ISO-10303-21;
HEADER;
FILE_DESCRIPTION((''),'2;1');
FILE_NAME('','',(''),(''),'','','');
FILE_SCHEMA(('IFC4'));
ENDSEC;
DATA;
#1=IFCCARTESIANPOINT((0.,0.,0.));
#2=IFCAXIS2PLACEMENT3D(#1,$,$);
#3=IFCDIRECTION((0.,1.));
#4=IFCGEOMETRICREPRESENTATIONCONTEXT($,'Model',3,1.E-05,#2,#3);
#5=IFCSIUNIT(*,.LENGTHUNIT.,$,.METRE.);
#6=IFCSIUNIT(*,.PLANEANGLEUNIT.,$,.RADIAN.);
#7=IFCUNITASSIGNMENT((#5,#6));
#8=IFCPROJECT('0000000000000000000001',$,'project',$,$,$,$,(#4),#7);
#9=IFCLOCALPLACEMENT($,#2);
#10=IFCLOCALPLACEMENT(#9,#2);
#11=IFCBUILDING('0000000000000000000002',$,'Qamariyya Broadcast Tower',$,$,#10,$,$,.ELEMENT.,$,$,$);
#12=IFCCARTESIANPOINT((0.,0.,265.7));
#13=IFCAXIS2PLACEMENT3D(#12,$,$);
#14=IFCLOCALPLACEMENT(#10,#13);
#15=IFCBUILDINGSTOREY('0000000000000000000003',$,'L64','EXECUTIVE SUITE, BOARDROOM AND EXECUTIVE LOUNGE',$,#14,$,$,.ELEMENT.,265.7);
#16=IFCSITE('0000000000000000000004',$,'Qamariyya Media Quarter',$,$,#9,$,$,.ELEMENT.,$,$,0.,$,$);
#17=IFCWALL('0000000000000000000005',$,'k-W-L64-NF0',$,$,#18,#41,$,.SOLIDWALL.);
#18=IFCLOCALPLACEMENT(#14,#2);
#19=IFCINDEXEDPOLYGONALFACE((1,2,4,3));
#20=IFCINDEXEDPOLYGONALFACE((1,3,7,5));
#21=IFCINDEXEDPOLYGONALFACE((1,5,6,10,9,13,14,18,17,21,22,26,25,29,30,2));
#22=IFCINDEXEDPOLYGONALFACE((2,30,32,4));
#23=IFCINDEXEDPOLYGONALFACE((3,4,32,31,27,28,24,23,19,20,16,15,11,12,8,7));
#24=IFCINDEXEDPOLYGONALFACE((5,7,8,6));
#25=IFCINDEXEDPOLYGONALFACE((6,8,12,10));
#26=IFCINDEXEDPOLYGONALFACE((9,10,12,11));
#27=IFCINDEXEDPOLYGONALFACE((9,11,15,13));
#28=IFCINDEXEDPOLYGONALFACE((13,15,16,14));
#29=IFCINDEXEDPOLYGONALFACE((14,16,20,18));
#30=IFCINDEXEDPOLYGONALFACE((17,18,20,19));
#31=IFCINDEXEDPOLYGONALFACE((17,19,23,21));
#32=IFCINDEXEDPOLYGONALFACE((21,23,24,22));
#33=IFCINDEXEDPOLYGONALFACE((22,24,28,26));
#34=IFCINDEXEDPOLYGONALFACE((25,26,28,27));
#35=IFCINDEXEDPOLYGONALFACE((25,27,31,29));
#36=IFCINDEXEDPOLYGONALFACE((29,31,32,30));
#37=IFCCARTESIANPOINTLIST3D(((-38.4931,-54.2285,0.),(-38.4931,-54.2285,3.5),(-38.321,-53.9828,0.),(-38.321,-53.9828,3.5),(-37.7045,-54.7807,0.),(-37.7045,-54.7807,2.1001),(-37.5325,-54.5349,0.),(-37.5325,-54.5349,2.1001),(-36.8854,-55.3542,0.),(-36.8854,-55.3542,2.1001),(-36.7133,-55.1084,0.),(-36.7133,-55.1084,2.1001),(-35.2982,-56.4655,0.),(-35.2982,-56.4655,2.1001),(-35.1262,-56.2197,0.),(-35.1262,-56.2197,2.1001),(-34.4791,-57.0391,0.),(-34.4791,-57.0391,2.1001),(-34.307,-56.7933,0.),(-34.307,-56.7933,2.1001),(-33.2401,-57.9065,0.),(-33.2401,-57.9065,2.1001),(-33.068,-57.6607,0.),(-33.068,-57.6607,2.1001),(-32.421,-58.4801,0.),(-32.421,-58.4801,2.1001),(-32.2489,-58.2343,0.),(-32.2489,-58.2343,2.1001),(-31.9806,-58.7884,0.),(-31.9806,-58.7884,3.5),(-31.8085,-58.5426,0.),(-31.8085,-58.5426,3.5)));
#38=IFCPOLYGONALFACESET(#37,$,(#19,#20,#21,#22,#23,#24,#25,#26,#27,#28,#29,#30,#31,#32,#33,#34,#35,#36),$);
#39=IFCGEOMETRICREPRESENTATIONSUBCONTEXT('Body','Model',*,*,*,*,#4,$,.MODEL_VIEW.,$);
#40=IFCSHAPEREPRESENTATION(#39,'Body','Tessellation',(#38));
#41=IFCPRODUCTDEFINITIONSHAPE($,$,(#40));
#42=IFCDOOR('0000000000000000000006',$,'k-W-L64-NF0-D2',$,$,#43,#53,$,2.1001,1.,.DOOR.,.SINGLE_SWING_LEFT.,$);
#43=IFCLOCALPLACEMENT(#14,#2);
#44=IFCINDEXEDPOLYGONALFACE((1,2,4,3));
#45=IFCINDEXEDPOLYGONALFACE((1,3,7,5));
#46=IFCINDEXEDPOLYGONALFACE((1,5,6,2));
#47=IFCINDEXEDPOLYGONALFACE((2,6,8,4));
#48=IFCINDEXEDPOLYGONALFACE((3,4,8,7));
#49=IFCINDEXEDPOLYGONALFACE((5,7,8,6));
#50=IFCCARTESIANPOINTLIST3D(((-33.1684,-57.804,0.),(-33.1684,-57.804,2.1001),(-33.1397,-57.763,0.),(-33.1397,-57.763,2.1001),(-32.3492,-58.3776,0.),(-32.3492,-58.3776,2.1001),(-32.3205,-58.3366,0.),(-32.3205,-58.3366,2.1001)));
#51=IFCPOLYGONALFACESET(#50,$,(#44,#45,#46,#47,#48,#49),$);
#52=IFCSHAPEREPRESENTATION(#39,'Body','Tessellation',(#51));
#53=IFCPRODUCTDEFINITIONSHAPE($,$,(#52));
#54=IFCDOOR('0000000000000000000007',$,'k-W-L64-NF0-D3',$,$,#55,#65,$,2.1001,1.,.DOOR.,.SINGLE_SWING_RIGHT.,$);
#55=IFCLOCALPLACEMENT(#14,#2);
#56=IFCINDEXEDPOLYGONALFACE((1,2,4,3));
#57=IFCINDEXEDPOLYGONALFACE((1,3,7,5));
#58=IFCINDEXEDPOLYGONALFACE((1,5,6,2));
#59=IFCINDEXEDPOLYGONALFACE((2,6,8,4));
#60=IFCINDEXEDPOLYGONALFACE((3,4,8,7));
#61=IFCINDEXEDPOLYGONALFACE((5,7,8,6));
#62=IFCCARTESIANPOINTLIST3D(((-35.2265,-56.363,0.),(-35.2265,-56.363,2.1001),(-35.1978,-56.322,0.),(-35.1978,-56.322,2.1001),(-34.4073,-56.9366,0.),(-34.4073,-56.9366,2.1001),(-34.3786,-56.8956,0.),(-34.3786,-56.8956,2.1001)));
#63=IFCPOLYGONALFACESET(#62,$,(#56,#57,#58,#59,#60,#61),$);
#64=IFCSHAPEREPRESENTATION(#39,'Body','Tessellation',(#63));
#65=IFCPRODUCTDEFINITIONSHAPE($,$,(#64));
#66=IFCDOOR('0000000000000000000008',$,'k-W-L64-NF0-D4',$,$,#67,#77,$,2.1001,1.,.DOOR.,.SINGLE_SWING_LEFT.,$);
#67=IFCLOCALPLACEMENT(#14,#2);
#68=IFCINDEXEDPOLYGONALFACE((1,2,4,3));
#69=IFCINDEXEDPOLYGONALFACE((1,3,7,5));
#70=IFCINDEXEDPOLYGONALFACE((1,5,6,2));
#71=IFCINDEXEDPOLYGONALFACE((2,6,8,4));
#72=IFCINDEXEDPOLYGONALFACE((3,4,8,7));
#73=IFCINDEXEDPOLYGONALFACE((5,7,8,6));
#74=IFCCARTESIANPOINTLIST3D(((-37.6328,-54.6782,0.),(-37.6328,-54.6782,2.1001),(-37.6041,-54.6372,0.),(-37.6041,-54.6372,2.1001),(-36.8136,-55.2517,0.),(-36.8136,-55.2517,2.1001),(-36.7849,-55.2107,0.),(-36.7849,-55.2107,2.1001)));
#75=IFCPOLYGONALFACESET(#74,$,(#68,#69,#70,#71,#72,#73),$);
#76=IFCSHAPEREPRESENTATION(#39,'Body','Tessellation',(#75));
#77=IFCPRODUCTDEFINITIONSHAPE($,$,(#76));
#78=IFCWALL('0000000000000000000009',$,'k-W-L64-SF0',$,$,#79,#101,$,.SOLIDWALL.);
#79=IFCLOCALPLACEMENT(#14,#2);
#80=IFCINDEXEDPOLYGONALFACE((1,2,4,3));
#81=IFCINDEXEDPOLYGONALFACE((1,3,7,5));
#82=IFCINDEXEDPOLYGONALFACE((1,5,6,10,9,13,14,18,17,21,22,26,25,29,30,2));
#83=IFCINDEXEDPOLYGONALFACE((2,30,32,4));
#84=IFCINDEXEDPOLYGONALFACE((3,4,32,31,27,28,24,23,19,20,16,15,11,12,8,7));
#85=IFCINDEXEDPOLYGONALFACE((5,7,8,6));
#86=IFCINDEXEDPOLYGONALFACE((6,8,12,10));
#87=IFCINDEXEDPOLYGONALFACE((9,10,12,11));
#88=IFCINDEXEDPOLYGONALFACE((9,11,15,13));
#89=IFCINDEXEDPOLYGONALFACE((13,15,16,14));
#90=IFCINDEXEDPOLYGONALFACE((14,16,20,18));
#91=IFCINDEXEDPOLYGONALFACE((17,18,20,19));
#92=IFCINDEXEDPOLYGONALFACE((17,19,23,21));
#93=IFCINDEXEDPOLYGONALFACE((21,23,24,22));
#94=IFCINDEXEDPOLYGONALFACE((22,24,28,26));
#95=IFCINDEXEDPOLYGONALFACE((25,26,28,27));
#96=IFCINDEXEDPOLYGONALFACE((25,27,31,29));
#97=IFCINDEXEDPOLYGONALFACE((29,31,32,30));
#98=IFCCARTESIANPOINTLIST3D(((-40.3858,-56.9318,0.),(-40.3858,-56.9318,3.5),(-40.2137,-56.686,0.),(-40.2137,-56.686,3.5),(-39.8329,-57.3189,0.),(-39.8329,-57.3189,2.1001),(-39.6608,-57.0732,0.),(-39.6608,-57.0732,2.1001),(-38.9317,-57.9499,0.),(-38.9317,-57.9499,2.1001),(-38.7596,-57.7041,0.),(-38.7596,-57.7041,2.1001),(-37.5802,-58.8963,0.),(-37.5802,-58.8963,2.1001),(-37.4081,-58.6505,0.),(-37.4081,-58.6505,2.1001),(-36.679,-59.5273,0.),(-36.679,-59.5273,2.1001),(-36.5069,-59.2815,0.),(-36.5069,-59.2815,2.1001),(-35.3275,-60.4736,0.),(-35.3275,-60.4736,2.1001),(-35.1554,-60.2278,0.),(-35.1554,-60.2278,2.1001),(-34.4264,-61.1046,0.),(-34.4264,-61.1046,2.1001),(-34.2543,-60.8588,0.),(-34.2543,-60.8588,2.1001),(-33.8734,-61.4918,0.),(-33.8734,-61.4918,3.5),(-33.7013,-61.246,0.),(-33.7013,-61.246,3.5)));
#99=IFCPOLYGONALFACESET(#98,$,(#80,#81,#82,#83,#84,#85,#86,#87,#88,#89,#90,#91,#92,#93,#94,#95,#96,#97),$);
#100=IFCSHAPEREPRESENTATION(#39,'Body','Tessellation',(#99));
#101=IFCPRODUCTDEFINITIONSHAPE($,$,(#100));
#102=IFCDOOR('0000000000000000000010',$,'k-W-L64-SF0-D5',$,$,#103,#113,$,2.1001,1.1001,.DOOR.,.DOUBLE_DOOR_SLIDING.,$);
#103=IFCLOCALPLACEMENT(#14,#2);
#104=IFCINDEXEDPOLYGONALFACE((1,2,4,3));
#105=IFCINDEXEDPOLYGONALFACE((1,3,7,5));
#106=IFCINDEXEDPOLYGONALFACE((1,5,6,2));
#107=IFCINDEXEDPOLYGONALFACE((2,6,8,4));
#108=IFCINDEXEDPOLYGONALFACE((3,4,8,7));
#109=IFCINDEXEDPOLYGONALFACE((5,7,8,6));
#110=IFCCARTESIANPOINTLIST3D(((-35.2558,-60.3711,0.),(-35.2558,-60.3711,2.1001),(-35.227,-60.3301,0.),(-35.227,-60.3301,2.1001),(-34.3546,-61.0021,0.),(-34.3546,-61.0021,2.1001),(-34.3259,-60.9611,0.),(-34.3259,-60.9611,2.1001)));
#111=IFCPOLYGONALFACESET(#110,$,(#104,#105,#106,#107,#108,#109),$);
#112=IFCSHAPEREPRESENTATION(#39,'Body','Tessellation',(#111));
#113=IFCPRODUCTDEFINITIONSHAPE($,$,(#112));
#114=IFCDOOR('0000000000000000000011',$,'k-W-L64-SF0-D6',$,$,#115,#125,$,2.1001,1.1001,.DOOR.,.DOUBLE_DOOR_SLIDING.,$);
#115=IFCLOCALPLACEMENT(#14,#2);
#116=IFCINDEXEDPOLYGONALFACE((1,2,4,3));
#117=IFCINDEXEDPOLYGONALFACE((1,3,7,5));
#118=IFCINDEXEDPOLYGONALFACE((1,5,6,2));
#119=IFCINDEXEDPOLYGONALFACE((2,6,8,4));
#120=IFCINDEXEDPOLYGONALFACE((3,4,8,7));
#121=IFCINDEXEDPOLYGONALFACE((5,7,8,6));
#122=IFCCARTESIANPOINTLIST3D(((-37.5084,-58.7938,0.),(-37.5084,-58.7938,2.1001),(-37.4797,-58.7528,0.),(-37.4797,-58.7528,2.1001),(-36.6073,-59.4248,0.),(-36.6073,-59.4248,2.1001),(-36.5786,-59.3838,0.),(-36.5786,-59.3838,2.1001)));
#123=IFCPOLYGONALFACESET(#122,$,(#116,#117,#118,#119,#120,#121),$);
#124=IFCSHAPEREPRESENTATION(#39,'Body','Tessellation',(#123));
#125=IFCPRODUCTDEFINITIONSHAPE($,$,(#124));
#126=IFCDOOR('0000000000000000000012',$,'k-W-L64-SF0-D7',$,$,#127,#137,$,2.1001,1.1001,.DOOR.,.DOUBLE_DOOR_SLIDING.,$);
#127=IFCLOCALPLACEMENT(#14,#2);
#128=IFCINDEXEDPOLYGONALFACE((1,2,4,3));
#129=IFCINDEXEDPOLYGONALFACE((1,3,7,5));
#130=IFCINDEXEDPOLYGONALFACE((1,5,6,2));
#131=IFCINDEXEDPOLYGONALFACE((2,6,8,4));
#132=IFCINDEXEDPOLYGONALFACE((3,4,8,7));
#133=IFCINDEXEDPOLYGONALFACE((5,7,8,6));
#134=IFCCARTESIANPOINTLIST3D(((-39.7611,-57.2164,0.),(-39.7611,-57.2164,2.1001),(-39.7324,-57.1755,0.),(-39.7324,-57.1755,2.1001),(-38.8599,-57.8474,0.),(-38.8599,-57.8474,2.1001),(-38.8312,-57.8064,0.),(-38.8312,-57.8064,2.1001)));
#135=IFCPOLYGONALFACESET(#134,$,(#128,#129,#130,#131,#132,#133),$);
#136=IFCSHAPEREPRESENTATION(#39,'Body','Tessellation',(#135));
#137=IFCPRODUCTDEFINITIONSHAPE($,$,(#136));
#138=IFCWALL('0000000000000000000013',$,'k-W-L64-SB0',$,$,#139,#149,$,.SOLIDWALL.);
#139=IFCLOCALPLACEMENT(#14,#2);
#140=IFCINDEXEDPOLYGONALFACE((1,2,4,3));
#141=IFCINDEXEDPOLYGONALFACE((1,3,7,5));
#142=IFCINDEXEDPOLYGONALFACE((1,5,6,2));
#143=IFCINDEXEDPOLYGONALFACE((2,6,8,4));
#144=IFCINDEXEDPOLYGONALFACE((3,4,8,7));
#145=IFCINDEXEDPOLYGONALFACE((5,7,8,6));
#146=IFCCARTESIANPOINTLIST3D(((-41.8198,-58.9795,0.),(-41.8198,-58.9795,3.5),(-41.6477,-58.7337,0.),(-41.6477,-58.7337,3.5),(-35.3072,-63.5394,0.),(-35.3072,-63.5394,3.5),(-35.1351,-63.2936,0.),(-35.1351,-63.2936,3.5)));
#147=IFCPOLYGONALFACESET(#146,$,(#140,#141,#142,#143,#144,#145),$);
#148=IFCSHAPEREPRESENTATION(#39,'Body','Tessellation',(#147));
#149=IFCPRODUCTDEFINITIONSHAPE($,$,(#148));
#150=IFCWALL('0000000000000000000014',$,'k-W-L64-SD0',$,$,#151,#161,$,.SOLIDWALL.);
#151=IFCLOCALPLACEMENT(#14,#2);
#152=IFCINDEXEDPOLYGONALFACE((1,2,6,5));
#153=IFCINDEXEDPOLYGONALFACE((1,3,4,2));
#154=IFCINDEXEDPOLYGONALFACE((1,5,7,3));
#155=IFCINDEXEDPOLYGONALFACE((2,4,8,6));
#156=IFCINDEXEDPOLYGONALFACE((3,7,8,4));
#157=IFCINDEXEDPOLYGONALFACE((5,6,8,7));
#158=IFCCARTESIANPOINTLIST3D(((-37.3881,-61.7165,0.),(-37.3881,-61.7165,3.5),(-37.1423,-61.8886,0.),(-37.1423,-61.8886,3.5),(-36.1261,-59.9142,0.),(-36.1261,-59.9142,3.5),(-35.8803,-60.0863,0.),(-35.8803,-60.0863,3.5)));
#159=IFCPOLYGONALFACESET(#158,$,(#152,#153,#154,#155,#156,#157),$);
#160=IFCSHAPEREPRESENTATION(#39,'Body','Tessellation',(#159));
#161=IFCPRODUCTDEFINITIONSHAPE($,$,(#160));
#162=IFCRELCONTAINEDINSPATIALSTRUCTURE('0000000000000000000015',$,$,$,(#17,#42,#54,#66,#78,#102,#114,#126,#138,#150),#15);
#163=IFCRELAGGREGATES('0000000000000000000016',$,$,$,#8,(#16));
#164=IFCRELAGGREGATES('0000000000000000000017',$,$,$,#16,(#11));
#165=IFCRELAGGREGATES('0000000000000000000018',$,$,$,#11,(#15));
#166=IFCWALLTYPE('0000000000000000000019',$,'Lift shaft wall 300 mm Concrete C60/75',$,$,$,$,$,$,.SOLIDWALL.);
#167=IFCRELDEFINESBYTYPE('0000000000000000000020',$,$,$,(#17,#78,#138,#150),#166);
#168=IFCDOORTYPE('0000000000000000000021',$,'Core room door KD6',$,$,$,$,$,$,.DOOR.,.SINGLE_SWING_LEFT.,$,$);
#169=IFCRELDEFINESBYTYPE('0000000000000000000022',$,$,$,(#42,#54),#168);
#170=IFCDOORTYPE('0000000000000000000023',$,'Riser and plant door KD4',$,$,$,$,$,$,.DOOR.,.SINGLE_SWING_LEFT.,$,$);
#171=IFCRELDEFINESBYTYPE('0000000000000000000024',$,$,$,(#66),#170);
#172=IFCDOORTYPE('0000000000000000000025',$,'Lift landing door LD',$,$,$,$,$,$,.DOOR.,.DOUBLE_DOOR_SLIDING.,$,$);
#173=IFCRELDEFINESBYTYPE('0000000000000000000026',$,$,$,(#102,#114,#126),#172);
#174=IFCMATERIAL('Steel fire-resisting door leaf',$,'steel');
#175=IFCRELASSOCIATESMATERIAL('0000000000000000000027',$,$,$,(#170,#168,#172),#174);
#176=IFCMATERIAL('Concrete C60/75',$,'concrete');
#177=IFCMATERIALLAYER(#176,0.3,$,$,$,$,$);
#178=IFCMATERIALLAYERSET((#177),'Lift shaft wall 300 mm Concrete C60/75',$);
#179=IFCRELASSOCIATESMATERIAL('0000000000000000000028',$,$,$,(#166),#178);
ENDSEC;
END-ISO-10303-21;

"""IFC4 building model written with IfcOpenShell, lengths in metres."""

from ifc_helpers import new_model, si_unit, direction, frame, frame_2d, origin, place, context, subcontext, project, spatial, rectangle, extrude, material, layer, layer_set, type_object, element, fill, save


model = new_model("IFC4")

# Units and contexts
model_context = context("Model", 3, precision=1e-05, world=origin(), true_north=direction((0.0, 1.0)))
body_context = subcontext(model_context, "Body", "Model", "MODEL_VIEW")
ifc_project = project(units=[si_unit("LENGTHUNIT", "METRE"), si_unit("PLANEANGLEUNIT", "RADIAN")], contexts=[model_context])

# Site, building, storey
site_placement = place(None, origin())
site = spatial("IfcSite", under=ifc_project, at=site_placement, Name="Qamariyya Media Quarter", CompositionType="ELEMENT", RefElevation=0.0)
building_placement = place(site_placement, origin())
building = spatial("IfcBuilding", under=site, at=building_placement, Name="Qamariyya Broadcast Tower", CompositionType="ELEMENT")
storey_placement = place(building_placement, frame((0.0, 0.0, 265.7)))
storey = spatial("IfcBuildingStorey", under=building, at=storey_placement, Name="L64", Description="EXECUTIVE SUITE, BOARDROOM AND EXECUTIVE LOUNGE", CompositionType="ELEMENT", Elevation=265.7)

# Shared definitions
ifc_material_1 = material(Name="Concrete C60/75", Category="concrete")
ifc_material_2 = material(Name="Steel fire-resisting door leaf", Category="steel")

# Walls, openings, doors
door_type_1 = type_object("IfcDoorType", Name="Riser and plant door KD4", OperationType="SINGLE_SWING_LEFT", PredefinedType="DOOR", material=ifc_material_2)
ifc_layer_1 = layer(ifc_material_1, 0.3)
ifc_layer_set_1 = layer_set([ifc_layer_1], Name="Lift shaft wall 300 mm Concrete C60/75")
wall_type_1 = type_object("IfcWallType", Name="Lift shaft wall 300 mm Concrete C60/75", PredefinedType="SOLIDWALL", material=ifc_layer_set_1)
wall_1_placement = place(storey_placement, frame((-31.8945, -58.6655, 0.0), z_axis=(0.0, 0.0, 1.0), x_axis=(-0.819167, 0.573555, 0.0)))
wall_1 = element("IfcWall", 1, at=wall_1_placement, inside=storey, type_object=wall_type_1, Name="k-W-L64-NF0", PredefinedType="SOLIDWALL", context=body_context, shape_type="SweptSolid", body=[
    extrude(rectangle(XDim=7.9502, YDim=0.3, at=frame_2d((3.9751, 0.0))), origin(), (0.0, 0.0, 1.0), 3.5),
])
opening_1_placement = place(wall_1_placement, frame((0.5376, 0.0, 0.0)))
opening_1 = element("IfcOpeningElement", 2, at=opening_1_placement, cuts=wall_1, PredefinedType="OPENING", context=body_context, shape_type="SweptSolid", body=[
    extrude(rectangle(XDim=1.0, YDim=2.1001, at=frame_2d((0.5, 1.05))), frame((0.0, 0.1599, 0.0), z_axis=(0.0, -1.0, 0.0), x_axis=(1.0, 0.0, 0.0)), (0.0, 0.0, 1.0), 0.3201),
])
opening_2_placement = place(wall_1_placement, frame((3.05, 0.0, 0.0)))
opening_2 = element("IfcOpeningElement", 3, at=opening_2_placement, cuts=wall_1, PredefinedType="OPENING", context=body_context, shape_type="SweptSolid", body=[
    extrude(rectangle(XDim=1.0, YDim=2.1001, at=frame_2d((0.5, 1.05))), frame((0.0, 0.1599, 0.0), z_axis=(0.0, -1.0, 0.0), x_axis=(1.0, 0.0, 0.0)), (0.0, 0.0, 1.0), 0.3201),
])
opening_3_placement = place(wall_1_placement, frame((5.9875, 0.0, 0.0)))
opening_3 = element("IfcOpeningElement", 4, at=opening_3_placement, cuts=wall_1, PredefinedType="OPENING", context=body_context, shape_type="SweptSolid", body=[
    extrude(rectangle(XDim=1.0, YDim=2.1001, at=frame_2d((0.5, 1.05))), frame((0.0, 0.1599, 0.0), z_axis=(0.0, -1.0, 0.0), x_axis=(1.0, 0.0, 0.0)), (0.0, 0.0, 1.0), 0.3201),
])
door_type_2 = type_object("IfcDoorType", Name="Core room door KD6", OperationType="SINGLE_SWING_LEFT", PredefinedType="DOOR", material=ifc_material_2)
door_1_placement = place(opening_1_placement, origin())
door_1 = element("IfcDoor", 5, at=door_1_placement, inside=storey, type_object=door_type_2, Name="k-W-L64-NF0-D2", OperationType="SINGLE_SWING_LEFT", OverallHeight=2.1001, OverallWidth=1.0, PredefinedType="DOOR", context=body_context, shape_type="SweptSolid", body=[
    extrude(rectangle(XDim=1.0, YDim=2.1001, at=frame_2d((0.5, 1.05))), frame((0.0, 0.0249, 0.0), z_axis=(0.0, -1.0, 0.0), x_axis=(1.0, 0.0, 0.0)), (0.0, 0.0, 1.0), 0.05),
])
fill(opening_1, door_1)
door_2_placement = place(opening_2_placement, origin())
door_2 = element("IfcDoor", 6, at=door_2_placement, inside=storey, type_object=door_type_2, Name="k-W-L64-NF0-D3", OperationType="SINGLE_SWING_RIGHT", OverallHeight=2.1001, OverallWidth=1.0, PredefinedType="DOOR", context=body_context, shape_type="SweptSolid", body=[
    extrude(rectangle(XDim=1.0, YDim=2.1001, at=frame_2d((0.5, 1.05))), frame((0.0, 0.0249, 0.0), z_axis=(0.0, -1.0, 0.0), x_axis=(1.0, 0.0, 0.0)), (0.0, 0.0, 1.0), 0.05),
])
fill(opening_2, door_2)
door_3_placement = place(opening_3_placement, origin())
door_3 = element("IfcDoor", 7, at=door_3_placement, inside=storey, type_object=door_type_1, Name="k-W-L64-NF0-D4", OperationType="SINGLE_SWING_LEFT", OverallHeight=2.1001, OverallWidth=1.0, PredefinedType="DOOR", context=body_context, shape_type="SweptSolid", body=[
    extrude(rectangle(XDim=1.0, YDim=2.1001, at=frame_2d((0.5, 1.05))), frame((0.0, 0.0249, 0.0), z_axis=(0.0, -1.0, 0.0), x_axis=(1.0, 0.0, 0.0)), (0.0, 0.0, 1.0), 0.05),
])
fill(opening_3, door_3)
wall_2_placement = place(storey_placement, frame((-33.7874, -61.3689, 0.0), z_axis=(0.0, 0.0, 1.0), x_axis=(-0.819153, 0.573576, 0.0)))
wall_2 = element("IfcWall", 8, at=wall_2_placement, inside=storey, type_object=wall_type_1, Name="k-W-L64-SF0", PredefinedType="SOLIDWALL", context=body_context, shape_type="SweptSolid", body=[
    extrude(rectangle(XDim=7.9502, YDim=0.3, at=frame_2d((3.9751, 0.0))), origin(), (0.0, 0.0, 1.0), 3.5),
])
opening_4_placement = place(wall_2_placement, frame((0.675, 0.0, 0.0)))
opening_4 = element("IfcOpeningElement", 9, at=opening_4_placement, cuts=wall_2, PredefinedType="OPENING", context=body_context, shape_type="SweptSolid", body=[
    extrude(rectangle(XDim=1.1001, YDim=2.1001, at=frame_2d((0.55, 1.05))), frame((0.0, 0.1599, 0.0), z_axis=(0.0, -1.0, 0.0), x_axis=(1.0, 0.0, 0.0)), (0.0, 0.0, 1.0), 0.3201),
])
opening_5_placement = place(wall_2_placement, frame((3.425, 0.0, 0.0)))
opening_5 = element("IfcOpeningElement", 10, at=opening_5_placement, cuts=wall_2, PredefinedType="OPENING", context=body_context, shape_type="SweptSolid", body=[
    extrude(rectangle(XDim=1.1001, YDim=2.1001, at=frame_2d((0.55, 1.05))), frame((0.0, 0.1599, 0.0), z_axis=(0.0, -1.0, 0.0), x_axis=(1.0, 0.0, 0.0)), (0.0, 0.0, 1.0), 0.3201),
])
opening_6_placement = place(wall_2_placement, frame((6.175, 0.0, 0.0)))
opening_6 = element("IfcOpeningElement", 11, at=opening_6_placement, cuts=wall_2, PredefinedType="OPENING", context=body_context, shape_type="SweptSolid", body=[
    extrude(rectangle(XDim=1.1001, YDim=2.1001, at=frame_2d((0.55, 1.05))), frame((0.0, 0.1599, 0.0), z_axis=(0.0, -1.0, 0.0), x_axis=(1.0, 0.0, 0.0)), (0.0, 0.0, 1.0), 0.3201),
])
door_type_3 = type_object("IfcDoorType", Name="Lift landing door LD", OperationType="DOUBLE_DOOR_SLIDING", PredefinedType="DOOR", material=ifc_material_2)
door_4_placement = place(opening_4_placement, origin())
door_4 = element("IfcDoor", 12, at=door_4_placement, inside=storey, type_object=door_type_3, Name="k-W-L64-SF0-D5", OperationType="DOUBLE_DOOR_SLIDING", OverallHeight=2.1001, OverallWidth=1.1001, PredefinedType="DOOR", context=body_context, shape_type="SweptSolid", body=[
    extrude(rectangle(XDim=1.1001, YDim=2.1001, at=frame_2d((0.55, 1.05))), frame((0.0, 0.0249, 0.0), z_axis=(0.0, -1.0, 0.0), x_axis=(1.0, 0.0, 0.0)), (0.0, 0.0, 1.0), 0.05),
])
fill(opening_4, door_4)
door_5_placement = place(opening_5_placement, origin())
door_5 = element("IfcDoor", 13, at=door_5_placement, inside=storey, type_object=door_type_3, Name="k-W-L64-SF0-D6", OperationType="DOUBLE_DOOR_SLIDING", OverallHeight=2.1001, OverallWidth=1.1001, PredefinedType="DOOR", context=body_context, shape_type="SweptSolid", body=[
    extrude(rectangle(XDim=1.1001, YDim=2.1001, at=frame_2d((0.55, 1.05))), frame((0.0, 0.0249, 0.0), z_axis=(0.0, -1.0, 0.0), x_axis=(1.0, 0.0, 0.0)), (0.0, 0.0, 1.0), 0.05),
])
fill(opening_5, door_5)
door_6_placement = place(opening_6_placement, origin())
door_6 = element("IfcDoor", 14, at=door_6_placement, inside=storey, type_object=door_type_3, Name="k-W-L64-SF0-D7", OperationType="DOUBLE_DOOR_SLIDING", OverallHeight=2.1001, OverallWidth=1.1001, PredefinedType="DOOR", context=body_context, shape_type="SweptSolid", body=[
    extrude(rectangle(XDim=1.1001, YDim=2.1001, at=frame_2d((0.55, 1.05))), frame((0.0, 0.0249, 0.0), z_axis=(0.0, -1.0, 0.0), x_axis=(1.0, 0.0, 0.0)), (0.0, 0.0, 1.0), 0.05),
])
fill(opening_6, door_6)

# Walls
wall_3_placement = place(storey_placement, frame((-35.2212, -63.4165, 0.0), z_axis=(0.0, 0.0, 1.0), x_axis=(-0.819167, 0.573555, 0.0)))
element("IfcWall", 15, at=wall_3_placement, inside=storey, type_object=wall_type_1, Name="k-W-L64-SB0", PredefinedType="SOLIDWALL", context=body_context, shape_type="SweptSolid", body=[
    extrude(rectangle(XDim=7.9502, YDim=0.3, at=frame_2d((3.9751, 0.0))), origin(), (0.0, 0.0, 1.0), 3.5),
])
wall_4_placement = place(storey_placement, frame((-36.0032, -60.0002, 0.0), z_axis=(0.0, 0.0, 1.0), x_axis=(-0.573581, -0.819149, 0.0)))
element("IfcWall", 16, at=wall_4_placement, inside=storey, type_object=wall_type_1, Name="k-W-L64-SD0", PredefinedType="SOLIDWALL", context=body_context, shape_type="SweptSolid", body=[
    extrude(rectangle(XDim=2.2002, YDim=0.3, at=frame_2d((1.1001, 0.0))), origin(), (0.0, 0.0, 1.0), 3.5),
])

save(model, "model.ifc")
